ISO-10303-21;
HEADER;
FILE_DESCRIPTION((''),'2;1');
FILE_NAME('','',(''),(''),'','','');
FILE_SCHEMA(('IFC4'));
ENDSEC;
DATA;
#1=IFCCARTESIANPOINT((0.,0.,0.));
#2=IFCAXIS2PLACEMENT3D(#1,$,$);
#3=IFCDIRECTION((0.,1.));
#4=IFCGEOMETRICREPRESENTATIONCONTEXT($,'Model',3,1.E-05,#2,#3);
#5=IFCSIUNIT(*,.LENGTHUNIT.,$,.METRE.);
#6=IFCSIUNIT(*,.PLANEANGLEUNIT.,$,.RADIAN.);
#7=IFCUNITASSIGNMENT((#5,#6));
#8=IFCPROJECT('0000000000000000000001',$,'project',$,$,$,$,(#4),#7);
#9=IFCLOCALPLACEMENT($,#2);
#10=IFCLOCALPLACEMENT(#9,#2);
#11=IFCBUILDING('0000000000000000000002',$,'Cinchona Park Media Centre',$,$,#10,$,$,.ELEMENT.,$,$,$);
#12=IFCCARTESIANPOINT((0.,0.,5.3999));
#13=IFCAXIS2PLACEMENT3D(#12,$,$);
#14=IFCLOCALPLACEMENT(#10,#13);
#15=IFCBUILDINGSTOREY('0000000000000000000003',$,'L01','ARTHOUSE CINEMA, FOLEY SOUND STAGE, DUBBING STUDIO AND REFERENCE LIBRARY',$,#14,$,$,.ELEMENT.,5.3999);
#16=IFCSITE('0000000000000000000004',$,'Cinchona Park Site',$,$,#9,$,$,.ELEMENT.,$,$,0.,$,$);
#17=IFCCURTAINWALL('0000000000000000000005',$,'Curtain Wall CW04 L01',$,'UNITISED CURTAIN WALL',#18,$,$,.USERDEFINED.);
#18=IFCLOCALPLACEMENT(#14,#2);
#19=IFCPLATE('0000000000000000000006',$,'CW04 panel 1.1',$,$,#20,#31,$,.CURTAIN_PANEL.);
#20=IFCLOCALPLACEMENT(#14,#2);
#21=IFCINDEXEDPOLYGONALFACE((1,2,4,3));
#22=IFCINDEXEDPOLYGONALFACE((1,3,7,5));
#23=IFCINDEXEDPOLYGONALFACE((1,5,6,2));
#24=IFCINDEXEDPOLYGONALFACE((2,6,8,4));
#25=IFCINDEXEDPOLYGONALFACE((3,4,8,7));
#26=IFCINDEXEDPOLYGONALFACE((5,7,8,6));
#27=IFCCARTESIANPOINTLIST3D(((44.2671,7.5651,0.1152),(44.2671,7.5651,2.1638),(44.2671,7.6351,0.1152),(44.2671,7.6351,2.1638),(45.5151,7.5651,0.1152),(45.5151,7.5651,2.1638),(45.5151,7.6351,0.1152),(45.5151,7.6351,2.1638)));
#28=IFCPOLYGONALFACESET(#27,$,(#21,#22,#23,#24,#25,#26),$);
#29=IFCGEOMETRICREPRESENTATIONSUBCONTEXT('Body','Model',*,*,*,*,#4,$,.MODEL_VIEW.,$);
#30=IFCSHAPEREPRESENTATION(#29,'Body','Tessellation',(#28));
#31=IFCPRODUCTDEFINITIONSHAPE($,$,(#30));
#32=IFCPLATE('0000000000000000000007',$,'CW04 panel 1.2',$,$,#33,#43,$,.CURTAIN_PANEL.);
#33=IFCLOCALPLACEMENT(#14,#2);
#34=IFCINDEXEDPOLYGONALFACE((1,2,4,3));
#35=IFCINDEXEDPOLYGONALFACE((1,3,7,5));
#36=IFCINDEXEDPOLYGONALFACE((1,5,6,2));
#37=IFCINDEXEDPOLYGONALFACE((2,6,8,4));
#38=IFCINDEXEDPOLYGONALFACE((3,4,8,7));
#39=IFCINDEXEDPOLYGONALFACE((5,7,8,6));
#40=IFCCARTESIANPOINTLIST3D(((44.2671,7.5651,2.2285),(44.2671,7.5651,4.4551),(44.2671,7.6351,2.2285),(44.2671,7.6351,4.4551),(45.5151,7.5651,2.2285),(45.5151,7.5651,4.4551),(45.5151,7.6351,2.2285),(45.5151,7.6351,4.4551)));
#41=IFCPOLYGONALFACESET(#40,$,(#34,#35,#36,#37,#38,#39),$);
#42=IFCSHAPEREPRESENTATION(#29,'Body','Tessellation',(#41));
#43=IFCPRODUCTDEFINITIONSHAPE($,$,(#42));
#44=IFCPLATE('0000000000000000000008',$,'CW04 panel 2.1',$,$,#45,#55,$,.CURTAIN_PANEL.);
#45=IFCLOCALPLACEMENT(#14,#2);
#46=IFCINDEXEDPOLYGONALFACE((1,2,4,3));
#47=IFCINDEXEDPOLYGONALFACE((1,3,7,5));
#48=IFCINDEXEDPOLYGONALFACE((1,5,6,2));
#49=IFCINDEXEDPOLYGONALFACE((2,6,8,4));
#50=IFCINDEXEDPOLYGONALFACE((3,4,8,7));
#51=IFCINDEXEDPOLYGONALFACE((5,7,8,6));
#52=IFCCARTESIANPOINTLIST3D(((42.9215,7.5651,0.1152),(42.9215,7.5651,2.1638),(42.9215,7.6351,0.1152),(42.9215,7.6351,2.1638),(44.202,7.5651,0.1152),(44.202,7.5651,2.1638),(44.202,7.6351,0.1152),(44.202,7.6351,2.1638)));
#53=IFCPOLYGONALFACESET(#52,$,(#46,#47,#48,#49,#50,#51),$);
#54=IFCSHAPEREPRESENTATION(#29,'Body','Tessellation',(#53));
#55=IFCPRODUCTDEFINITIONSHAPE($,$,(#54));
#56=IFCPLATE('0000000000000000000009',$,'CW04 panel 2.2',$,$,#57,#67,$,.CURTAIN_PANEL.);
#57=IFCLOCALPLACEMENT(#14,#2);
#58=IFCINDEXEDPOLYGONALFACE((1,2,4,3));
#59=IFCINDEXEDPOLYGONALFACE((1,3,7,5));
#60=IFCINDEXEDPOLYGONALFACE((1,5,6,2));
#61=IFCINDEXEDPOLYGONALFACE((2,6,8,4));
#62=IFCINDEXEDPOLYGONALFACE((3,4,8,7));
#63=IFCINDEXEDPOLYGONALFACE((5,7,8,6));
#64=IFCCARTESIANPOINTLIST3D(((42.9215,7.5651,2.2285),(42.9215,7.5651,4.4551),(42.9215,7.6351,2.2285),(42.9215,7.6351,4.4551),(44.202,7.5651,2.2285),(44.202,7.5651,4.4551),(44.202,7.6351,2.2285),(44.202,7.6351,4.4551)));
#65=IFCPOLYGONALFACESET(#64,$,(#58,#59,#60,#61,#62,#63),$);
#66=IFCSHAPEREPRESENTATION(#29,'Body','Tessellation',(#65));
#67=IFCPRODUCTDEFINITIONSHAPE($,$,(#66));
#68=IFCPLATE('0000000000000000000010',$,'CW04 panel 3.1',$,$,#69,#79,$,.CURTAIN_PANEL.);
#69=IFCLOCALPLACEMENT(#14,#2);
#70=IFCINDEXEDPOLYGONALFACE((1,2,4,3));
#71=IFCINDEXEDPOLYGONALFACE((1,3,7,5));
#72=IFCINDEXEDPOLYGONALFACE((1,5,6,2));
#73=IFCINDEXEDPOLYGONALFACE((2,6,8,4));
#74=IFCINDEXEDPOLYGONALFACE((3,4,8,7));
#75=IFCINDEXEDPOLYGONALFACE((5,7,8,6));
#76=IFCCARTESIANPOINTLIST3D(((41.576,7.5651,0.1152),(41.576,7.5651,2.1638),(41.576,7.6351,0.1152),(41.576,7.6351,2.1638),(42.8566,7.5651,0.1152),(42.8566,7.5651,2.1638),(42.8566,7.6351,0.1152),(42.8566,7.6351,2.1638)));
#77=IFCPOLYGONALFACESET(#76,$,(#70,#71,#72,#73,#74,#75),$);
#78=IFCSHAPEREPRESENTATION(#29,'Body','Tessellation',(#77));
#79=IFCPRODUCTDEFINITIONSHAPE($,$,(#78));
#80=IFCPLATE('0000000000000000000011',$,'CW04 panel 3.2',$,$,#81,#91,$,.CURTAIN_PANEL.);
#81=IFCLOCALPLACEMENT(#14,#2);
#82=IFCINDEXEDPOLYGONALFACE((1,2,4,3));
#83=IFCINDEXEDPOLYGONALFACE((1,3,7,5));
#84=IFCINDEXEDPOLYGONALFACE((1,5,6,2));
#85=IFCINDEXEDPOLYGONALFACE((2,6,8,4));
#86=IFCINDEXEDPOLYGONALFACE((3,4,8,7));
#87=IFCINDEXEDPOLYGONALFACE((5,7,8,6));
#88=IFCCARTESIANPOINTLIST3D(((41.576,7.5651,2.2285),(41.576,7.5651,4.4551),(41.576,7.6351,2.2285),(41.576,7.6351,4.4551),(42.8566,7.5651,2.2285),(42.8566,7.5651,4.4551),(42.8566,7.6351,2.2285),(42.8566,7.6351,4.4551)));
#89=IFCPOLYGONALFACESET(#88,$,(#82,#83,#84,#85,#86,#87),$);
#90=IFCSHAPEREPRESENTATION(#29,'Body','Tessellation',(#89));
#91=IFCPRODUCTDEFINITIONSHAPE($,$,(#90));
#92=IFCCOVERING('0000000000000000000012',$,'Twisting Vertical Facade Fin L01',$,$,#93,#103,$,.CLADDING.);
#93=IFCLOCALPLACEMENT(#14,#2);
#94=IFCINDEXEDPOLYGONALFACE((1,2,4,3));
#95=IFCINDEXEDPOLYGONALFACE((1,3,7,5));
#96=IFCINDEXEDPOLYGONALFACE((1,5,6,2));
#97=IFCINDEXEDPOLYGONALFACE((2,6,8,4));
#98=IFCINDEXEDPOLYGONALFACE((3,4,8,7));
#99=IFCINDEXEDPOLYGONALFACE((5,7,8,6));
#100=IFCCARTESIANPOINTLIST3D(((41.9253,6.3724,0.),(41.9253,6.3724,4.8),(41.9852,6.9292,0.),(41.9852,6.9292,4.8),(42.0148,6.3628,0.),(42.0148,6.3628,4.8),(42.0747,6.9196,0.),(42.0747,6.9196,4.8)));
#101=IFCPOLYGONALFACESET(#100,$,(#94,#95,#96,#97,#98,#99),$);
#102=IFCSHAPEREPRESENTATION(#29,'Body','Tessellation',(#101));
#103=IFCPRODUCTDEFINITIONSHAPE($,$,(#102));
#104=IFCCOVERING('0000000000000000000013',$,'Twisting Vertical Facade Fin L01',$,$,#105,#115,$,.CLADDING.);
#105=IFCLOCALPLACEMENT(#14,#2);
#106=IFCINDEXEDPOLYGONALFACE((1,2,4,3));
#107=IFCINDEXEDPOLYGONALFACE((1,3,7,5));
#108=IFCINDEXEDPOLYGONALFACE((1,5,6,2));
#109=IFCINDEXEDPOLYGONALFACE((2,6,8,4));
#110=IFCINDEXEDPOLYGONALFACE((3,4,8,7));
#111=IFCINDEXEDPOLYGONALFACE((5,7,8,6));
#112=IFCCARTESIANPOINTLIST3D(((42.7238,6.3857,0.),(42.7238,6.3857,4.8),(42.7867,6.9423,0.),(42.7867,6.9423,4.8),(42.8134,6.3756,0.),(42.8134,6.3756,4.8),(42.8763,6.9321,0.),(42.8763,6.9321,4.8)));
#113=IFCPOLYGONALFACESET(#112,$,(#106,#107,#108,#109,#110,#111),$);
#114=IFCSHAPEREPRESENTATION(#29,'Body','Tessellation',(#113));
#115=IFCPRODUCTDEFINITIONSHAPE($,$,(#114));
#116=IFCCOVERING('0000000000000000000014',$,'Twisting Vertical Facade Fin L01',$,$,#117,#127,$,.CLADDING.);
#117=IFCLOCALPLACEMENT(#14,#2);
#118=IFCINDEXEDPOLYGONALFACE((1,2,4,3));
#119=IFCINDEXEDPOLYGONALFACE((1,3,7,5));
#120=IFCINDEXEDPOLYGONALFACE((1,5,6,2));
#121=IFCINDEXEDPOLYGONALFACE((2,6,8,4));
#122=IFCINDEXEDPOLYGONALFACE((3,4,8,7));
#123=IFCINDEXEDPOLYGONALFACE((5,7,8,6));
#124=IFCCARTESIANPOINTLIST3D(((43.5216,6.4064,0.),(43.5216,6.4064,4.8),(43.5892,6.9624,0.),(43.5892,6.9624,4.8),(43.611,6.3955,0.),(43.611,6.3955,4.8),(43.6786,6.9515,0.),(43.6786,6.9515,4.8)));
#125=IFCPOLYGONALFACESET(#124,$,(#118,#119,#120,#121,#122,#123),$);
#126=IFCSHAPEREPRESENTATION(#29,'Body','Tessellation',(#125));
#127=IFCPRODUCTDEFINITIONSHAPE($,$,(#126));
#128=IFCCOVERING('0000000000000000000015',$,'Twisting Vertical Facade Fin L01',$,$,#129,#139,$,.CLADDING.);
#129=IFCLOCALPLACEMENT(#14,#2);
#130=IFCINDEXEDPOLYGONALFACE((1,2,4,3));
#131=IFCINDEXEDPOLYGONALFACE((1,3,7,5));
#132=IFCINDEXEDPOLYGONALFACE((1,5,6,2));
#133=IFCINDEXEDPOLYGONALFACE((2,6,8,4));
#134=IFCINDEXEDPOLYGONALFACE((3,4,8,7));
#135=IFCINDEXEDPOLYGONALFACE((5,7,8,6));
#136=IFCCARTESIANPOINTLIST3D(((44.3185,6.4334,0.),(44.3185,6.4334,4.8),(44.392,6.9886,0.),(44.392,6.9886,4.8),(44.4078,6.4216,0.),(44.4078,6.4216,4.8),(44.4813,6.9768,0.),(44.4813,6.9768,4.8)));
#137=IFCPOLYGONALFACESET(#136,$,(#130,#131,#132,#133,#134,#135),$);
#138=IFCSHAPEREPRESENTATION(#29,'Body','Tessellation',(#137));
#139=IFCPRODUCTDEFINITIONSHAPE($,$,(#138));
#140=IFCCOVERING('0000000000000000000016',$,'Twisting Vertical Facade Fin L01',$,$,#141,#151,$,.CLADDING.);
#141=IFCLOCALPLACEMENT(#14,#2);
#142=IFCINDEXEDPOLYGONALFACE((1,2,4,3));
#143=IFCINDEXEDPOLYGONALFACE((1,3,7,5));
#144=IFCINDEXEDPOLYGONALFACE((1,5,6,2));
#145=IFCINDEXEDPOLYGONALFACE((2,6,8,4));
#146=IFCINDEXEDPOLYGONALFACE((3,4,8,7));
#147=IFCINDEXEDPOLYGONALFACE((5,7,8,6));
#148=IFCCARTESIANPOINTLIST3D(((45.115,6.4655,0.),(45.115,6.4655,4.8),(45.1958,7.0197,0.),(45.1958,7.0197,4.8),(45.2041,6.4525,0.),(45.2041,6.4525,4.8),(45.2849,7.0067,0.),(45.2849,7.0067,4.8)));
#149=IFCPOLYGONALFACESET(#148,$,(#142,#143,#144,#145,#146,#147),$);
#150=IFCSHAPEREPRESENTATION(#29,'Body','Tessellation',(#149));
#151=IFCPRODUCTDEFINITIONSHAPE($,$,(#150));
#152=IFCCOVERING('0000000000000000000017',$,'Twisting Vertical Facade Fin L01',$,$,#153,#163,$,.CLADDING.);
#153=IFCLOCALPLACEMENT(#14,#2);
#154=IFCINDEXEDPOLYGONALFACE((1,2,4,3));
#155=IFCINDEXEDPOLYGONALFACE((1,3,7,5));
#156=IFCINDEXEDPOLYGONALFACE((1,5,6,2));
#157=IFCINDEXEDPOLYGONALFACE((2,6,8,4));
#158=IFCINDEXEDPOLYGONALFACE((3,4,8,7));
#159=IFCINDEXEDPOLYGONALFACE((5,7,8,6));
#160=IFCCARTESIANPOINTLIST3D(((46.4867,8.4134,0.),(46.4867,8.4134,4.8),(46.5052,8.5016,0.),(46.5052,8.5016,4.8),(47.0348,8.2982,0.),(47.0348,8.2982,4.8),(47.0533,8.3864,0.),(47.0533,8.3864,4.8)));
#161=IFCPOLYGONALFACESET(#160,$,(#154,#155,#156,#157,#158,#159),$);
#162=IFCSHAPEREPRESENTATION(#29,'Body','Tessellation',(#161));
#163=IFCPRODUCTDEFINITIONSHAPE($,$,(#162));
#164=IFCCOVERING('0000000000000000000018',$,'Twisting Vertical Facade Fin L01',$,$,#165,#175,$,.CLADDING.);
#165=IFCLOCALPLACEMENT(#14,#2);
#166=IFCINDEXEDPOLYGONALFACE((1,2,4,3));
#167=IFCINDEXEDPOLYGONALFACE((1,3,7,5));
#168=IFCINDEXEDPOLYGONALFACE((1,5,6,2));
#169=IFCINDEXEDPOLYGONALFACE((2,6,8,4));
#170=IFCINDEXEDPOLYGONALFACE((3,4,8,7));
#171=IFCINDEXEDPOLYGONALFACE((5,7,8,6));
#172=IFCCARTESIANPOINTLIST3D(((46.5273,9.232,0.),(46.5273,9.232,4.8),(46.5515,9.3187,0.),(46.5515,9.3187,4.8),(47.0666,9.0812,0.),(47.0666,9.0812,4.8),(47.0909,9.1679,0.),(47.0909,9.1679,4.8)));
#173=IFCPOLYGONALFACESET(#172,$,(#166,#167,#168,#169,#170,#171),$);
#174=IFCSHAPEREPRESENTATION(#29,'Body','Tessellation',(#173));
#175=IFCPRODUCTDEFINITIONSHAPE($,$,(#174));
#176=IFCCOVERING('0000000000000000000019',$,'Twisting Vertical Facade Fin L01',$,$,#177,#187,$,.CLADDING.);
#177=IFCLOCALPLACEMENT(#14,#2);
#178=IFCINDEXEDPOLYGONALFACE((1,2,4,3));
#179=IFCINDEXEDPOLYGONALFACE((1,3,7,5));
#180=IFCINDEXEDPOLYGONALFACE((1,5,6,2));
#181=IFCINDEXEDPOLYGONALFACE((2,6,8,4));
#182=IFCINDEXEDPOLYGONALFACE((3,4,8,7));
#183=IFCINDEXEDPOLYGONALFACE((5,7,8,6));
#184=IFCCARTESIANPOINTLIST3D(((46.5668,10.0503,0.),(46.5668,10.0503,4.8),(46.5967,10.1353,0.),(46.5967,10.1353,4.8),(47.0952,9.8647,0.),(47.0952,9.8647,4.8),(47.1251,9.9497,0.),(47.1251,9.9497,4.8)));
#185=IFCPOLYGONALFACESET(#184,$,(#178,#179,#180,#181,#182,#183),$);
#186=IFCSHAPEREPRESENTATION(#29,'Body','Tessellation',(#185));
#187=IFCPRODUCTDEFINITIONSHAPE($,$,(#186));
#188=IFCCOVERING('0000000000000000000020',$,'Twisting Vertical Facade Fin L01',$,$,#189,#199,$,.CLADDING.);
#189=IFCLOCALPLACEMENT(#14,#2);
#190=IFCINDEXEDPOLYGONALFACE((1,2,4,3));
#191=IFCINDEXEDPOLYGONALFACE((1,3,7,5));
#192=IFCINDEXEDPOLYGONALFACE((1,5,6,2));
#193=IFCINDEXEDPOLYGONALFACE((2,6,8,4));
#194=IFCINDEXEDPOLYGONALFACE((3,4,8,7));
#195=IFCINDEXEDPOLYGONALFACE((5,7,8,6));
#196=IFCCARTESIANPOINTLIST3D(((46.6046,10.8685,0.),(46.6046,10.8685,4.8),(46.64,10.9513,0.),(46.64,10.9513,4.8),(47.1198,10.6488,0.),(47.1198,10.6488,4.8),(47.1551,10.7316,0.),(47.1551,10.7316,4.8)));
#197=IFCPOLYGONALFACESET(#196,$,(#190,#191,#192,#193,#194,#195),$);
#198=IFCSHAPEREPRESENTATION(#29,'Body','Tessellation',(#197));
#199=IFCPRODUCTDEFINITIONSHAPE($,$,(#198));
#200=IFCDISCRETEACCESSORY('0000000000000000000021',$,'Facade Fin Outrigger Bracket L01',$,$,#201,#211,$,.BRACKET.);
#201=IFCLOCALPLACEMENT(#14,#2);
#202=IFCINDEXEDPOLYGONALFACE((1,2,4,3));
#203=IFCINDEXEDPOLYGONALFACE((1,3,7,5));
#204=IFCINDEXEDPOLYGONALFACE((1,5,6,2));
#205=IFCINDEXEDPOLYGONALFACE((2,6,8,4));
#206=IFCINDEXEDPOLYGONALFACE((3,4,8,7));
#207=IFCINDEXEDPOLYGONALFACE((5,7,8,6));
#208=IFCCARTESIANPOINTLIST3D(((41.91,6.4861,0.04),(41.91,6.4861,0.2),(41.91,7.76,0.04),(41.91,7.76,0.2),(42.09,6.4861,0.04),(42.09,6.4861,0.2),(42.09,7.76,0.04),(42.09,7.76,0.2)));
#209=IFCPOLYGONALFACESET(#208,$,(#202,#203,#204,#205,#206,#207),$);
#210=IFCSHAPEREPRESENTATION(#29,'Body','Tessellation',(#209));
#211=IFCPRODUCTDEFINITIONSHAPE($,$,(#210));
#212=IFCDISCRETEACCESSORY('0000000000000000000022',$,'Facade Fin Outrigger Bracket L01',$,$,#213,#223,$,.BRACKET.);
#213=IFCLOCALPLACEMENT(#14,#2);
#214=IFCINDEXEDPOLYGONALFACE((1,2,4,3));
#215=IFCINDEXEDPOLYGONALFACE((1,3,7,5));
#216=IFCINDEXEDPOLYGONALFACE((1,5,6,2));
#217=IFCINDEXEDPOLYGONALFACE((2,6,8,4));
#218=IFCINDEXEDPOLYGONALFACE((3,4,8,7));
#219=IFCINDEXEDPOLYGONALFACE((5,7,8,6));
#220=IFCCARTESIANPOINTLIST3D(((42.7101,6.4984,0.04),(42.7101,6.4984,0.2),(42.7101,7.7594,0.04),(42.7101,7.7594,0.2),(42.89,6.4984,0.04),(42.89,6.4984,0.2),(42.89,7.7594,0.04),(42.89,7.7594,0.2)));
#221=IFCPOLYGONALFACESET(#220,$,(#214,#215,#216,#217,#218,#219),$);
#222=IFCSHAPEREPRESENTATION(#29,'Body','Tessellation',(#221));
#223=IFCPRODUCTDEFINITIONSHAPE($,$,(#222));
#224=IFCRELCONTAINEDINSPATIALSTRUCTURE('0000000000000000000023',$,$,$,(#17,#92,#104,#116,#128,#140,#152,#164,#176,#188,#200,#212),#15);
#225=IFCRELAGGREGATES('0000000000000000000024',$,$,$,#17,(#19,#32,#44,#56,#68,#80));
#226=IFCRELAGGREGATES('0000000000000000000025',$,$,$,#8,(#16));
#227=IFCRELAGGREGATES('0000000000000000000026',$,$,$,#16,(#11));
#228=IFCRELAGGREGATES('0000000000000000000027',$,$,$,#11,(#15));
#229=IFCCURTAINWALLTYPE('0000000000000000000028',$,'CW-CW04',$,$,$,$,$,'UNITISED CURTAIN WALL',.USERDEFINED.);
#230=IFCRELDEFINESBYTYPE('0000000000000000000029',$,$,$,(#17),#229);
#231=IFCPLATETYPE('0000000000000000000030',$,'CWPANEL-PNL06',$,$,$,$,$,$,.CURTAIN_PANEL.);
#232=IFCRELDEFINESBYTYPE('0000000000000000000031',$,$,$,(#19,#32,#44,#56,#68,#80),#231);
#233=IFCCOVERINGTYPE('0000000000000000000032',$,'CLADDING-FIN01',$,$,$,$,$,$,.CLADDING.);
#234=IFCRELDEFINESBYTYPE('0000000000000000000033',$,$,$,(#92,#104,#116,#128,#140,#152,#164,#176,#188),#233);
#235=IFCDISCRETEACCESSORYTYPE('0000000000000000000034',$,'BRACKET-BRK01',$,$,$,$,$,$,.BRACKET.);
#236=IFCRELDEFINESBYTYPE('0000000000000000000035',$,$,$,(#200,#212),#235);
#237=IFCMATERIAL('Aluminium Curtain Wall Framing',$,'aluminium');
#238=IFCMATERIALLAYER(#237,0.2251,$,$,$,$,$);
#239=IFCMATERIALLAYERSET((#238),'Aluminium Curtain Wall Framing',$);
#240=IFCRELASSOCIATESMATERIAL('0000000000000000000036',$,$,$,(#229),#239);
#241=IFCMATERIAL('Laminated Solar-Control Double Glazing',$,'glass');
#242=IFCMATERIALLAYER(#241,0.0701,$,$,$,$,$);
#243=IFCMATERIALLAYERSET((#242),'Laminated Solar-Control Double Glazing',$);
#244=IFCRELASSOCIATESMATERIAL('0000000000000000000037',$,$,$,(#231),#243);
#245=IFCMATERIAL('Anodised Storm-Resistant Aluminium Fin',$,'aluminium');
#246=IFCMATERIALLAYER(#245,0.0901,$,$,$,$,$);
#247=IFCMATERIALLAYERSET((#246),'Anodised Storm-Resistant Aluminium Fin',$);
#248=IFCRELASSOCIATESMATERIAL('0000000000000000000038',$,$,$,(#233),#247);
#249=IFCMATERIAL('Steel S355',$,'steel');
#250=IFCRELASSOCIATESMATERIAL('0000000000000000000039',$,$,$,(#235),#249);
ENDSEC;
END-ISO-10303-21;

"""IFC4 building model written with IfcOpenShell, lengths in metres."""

from ifc_helpers import new_model, si_unit, direction, frame, origin, origin_2d, place, context, subcontext, project, spatial, rectangle, extrude, material, layer, layer_set, type_object, element, aggregate, save


model = new_model("IFC4")

# Units and contexts
model_context = context("Model", 3, precision=1e-05, world=origin(), true_north=direction((0.0, 1.0)))
body_context = subcontext(model_context, "Body", "Model", "MODEL_VIEW")
ifc_project = project(units=[si_unit("LENGTHUNIT", "METRE"), si_unit("PLANEANGLEUNIT", "RADIAN")], contexts=[model_context])

# Site, building, storey
site_placement = place(None, origin())
site = spatial("IfcSite", under=ifc_project, at=site_placement, Name="Cinchona Park Site", CompositionType="ELEMENT", RefElevation=0.0)
building_placement = place(site_placement, origin())
building = spatial("IfcBuilding", under=site, at=building_placement, Name="Cinchona Park Media Centre", CompositionType="ELEMENT")
storey_placement = place(building_placement, frame((0.0, 0.0, 5.3999)))
storey = spatial("IfcBuildingStorey", under=building, at=storey_placement, Name="L01", Description="ARTHOUSE CINEMA, FOLEY SOUND STAGE, DUBBING STUDIO AND REFERENCE LIBRARY", CompositionType="ELEMENT", Elevation=5.3999)

# Curtain wall, plates
ifc_material_1 = material(Name="Aluminium Curtain Wall Framing", Category="aluminium")
ifc_layer_1 = layer(ifc_material_1, 0.2251)
ifc_layer_set_1 = layer_set([ifc_layer_1], Name="Aluminium Curtain Wall Framing")
curtain_wall_type = type_object("IfcCurtainWallType", Name="CW-CW04", ElementType="UNITISED CURTAIN WALL", PredefinedType="USERDEFINED", material=ifc_layer_set_1)
curtain_wall_placement = place(storey_placement, origin())
curtain_wall = element("IfcCurtainWall", 1, at=curtain_wall_placement, inside=storey, type_object=curtain_wall_type, Name="Curtain Wall CW04 L01", ObjectType="UNITISED CURTAIN WALL", PredefinedType="USERDEFINED")
ifc_material_2 = material(Name="Laminated Solar-Control Double Glazing", Category="glass")
ifc_layer_2 = layer(ifc_material_2, 0.0701)
ifc_layer_set_2 = layer_set([ifc_layer_2], Name="Laminated Solar-Control Double Glazing")
plate_type = type_object("IfcPlateType", Name="CWPANEL-PNL06", PredefinedType="CURTAIN_PANEL", material=ifc_layer_set_2)
plate_1_placement = place(storey_placement, frame((44.8911, 7.6001, 0.1152), z_axis=(0.0, 0.0, 1.0), x_axis=(-1.0, 0.0, 0.0)))
plate_1 = element("IfcPlate", 2, at=plate_1_placement, type_object=plate_type, Name="CW04 panel 1.1", PredefinedType="CURTAIN_PANEL", context=body_context, shape_type="SweptSolid", body=[
    extrude(rectangle(XDim=1.248, YDim=0.0701, at=origin_2d()), origin(), (0.0, 0.0, 1.0), 2.0486),
])
plate_2_placement = place(storey_placement, frame((44.8911, 7.6001, 2.2285), z_axis=(0.0, 0.0, 1.0), x_axis=(-1.0, 0.0, 0.0)))
plate_2 = element("IfcPlate", 3, at=plate_2_placement, type_object=plate_type, Name="CW04 panel 1.2", PredefinedType="CURTAIN_PANEL", context=body_context, shape_type="SweptSolid", body=[
    extrude(rectangle(XDim=1.248, YDim=0.0701, at=origin_2d()), origin(), (0.0, 0.0, 1.0), 2.2266),
])
plate_3_placement = place(storey_placement, frame((43.5618, 7.6001, 0.1152), z_axis=(0.0, 0.0, 1.0), x_axis=(-1.0, 0.0, 0.0)))
plate_3 = element("IfcPlate", 4, at=plate_3_placement, type_object=plate_type, Name="CW04 panel 2.1", PredefinedType="CURTAIN_PANEL", context=body_context, shape_type="SweptSolid", body=[
    extrude(rectangle(XDim=1.2805, YDim=0.0701, at=origin_2d()), origin(), (0.0, 0.0, 1.0), 2.0486),
])
plate_4_placement = place(storey_placement, frame((43.5618, 7.6001, 2.2285), z_axis=(0.0, 0.0, 1.0), x_axis=(-1.0, 0.0, 0.0)))
plate_4 = element("IfcPlate", 5, at=plate_4_placement, type_object=plate_type, Name="CW04 panel 2.2", PredefinedType="CURTAIN_PANEL", context=body_context, shape_type="SweptSolid", body=[
    extrude(rectangle(XDim=1.2805, YDim=0.0701, at=origin_2d()), origin(), (0.0, 0.0, 1.0), 2.2266),
])
plate_5_placement = place(storey_placement, frame((42.2163, 7.6001, 0.1152), z_axis=(0.0, 0.0, 1.0), x_axis=(-1.0, 0.0, 0.0)))
plate_5 = element("IfcPlate", 6, at=plate_5_placement, type_object=plate_type, Name="CW04 panel 3.1", PredefinedType="CURTAIN_PANEL", context=body_context, shape_type="SweptSolid", body=[
    extrude(rectangle(XDim=1.2805, YDim=0.0701, at=origin_2d()), origin(), (0.0, 0.0, 1.0), 2.0486),
])
plate_6_placement = place(storey_placement, frame((42.2163, 7.6001, 2.2285), z_axis=(0.0, 0.0, 1.0), x_axis=(-1.0, 0.0, 0.0)))
plate_6 = element("IfcPlate", 7, at=plate_6_placement, type_object=plate_type, Name="CW04 panel 3.2", PredefinedType="CURTAIN_PANEL", context=body_context, shape_type="SweptSolid", body=[
    extrude(rectangle(XDim=1.2805, YDim=0.0701, at=origin_2d()), origin(), (0.0, 0.0, 1.0), 2.2266),
])
aggregate(curtain_wall, [plate_1, plate_2, plate_3, plate_4, plate_5, plate_6])

# Coverings
ifc_material_3 = material(Name="Anodised Storm-Resistant Aluminium Fin", Category="aluminium")
ifc_layer_3 = layer(ifc_material_3, 0.0901)
ifc_layer_set_3 = layer_set([ifc_layer_3], Name="Anodised Storm-Resistant Aluminium Fin")
covering_type = type_object("IfcCoveringType", Name="CLADDING-FIN01", PredefinedType="CLADDING", material=ifc_layer_set_3)
for number, where, z_axis, x_axis, name in (
    (8, (42.0, 6.646, 0.0), (0.0, 0.0, 1.0), (0.106958, 0.994264, 0.0), "Twisting Vertical Facade Fin L01"),
    (9, (42.8, 6.6589, 0.0), (0.0, 0.0, 1.0), (0.112336, 0.99367, 0.0), "Twisting Vertical Facade Fin L01"),
    (10, (43.6001, 6.679, 0.0), (0.0, 0.0, 1.0), (0.120657, 0.992694, 0.0), "Twisting Vertical Facade Fin L01"),
    (11, (44.3999, 6.7051, 0.0), (0.0, 0.0, 1.0), (0.131391, 0.991331, 0.0), "Twisting Vertical Facade Fin L01"),
    (12, (45.2, 6.7361, 0.0), (0.0, 0.0, 1.0), (0.144356, 0.989526, 0.0), "Twisting Vertical Facade Fin L01"),
    (13, (46.77, 8.3999, 0.0), (0.0, 0.0, 1.0), (-0.978617, 0.205692, 0.0), "Twisting Vertical Facade Fin L01"),
    (14, (46.8091, 9.2, 0.0), (0.0, 0.0, 1.0), (-0.963069, 0.269256, 0.0), "Twisting Vertical Facade Fin L01"),
    (15, (46.8459, 10.0, 0.0), (0.0, 0.0, 1.0), (-0.943454, 0.331503, 0.0), "Twisting Vertical Facade Fin L01"),
    (16, (46.8799, 10.8, 0.0), (0.0, 0.0, 1.0), (-0.919821, 0.392337, 0.0), "Twisting Vertical Facade Fin L01"),
):
    element("IfcCovering", number, at=place(storey_placement, frame(where, z_axis=z_axis, x_axis=x_axis)), inside=storey, type_object=covering_type, Name=name, PredefinedType="CLADDING", context=body_context, shape_type="SweptSolid", body=[
        extrude(rectangle(XDim=0.5601, YDim=0.0901, at=origin_2d()), origin(), (0.0, 0.0, 1.0), 4.8),
    ])

# Discrete accessories
ifc_material_4 = material(Name="Steel S355", Category="steel")
discrete_accessory_type = type_object("IfcDiscreteAccessoryType", Name="BRACKET-BRK01", PredefinedType="BRACKET", material=ifc_material_4)
discrete_accessory_1_placement = place(storey_placement, frame((42.0, 7.123, 0.04), z_axis=(0.0, 0.0, 1.0), x_axis=(1.0, 0.0, 0.0)))
element("IfcDiscreteAccessory", 17, at=discrete_accessory_1_placement, inside=storey, type_object=discrete_accessory_type, Name="Facade Fin Outrigger Bracket L01", PredefinedType="BRACKET", context=body_context, shape_type="SweptSolid", body=[
    extrude(rectangle(XDim=0.1799, YDim=1.2739, at=origin_2d()), origin(), (0.0, 0.0, 1.0), 0.1599),
])
discrete_accessory_2_placement = place(storey_placement, frame((42.8, 7.1289, 0.04), z_axis=(0.0, 0.0, 1.0), x_axis=(1.0, 0.0, 0.0)))
element("IfcDiscreteAccessory", 18, at=discrete_accessory_2_placement, inside=storey, type_object=discrete_accessory_type, Name="Facade Fin Outrigger Bracket L01", PredefinedType="BRACKET", context=body_context, shape_type="SweptSolid", body=[
    extrude(rectangle(XDim=0.1799, YDim=1.261, at=origin_2d()), origin(), (0.0, 0.0, 1.0), 0.1599),
])

save(model, "model.ifc")
